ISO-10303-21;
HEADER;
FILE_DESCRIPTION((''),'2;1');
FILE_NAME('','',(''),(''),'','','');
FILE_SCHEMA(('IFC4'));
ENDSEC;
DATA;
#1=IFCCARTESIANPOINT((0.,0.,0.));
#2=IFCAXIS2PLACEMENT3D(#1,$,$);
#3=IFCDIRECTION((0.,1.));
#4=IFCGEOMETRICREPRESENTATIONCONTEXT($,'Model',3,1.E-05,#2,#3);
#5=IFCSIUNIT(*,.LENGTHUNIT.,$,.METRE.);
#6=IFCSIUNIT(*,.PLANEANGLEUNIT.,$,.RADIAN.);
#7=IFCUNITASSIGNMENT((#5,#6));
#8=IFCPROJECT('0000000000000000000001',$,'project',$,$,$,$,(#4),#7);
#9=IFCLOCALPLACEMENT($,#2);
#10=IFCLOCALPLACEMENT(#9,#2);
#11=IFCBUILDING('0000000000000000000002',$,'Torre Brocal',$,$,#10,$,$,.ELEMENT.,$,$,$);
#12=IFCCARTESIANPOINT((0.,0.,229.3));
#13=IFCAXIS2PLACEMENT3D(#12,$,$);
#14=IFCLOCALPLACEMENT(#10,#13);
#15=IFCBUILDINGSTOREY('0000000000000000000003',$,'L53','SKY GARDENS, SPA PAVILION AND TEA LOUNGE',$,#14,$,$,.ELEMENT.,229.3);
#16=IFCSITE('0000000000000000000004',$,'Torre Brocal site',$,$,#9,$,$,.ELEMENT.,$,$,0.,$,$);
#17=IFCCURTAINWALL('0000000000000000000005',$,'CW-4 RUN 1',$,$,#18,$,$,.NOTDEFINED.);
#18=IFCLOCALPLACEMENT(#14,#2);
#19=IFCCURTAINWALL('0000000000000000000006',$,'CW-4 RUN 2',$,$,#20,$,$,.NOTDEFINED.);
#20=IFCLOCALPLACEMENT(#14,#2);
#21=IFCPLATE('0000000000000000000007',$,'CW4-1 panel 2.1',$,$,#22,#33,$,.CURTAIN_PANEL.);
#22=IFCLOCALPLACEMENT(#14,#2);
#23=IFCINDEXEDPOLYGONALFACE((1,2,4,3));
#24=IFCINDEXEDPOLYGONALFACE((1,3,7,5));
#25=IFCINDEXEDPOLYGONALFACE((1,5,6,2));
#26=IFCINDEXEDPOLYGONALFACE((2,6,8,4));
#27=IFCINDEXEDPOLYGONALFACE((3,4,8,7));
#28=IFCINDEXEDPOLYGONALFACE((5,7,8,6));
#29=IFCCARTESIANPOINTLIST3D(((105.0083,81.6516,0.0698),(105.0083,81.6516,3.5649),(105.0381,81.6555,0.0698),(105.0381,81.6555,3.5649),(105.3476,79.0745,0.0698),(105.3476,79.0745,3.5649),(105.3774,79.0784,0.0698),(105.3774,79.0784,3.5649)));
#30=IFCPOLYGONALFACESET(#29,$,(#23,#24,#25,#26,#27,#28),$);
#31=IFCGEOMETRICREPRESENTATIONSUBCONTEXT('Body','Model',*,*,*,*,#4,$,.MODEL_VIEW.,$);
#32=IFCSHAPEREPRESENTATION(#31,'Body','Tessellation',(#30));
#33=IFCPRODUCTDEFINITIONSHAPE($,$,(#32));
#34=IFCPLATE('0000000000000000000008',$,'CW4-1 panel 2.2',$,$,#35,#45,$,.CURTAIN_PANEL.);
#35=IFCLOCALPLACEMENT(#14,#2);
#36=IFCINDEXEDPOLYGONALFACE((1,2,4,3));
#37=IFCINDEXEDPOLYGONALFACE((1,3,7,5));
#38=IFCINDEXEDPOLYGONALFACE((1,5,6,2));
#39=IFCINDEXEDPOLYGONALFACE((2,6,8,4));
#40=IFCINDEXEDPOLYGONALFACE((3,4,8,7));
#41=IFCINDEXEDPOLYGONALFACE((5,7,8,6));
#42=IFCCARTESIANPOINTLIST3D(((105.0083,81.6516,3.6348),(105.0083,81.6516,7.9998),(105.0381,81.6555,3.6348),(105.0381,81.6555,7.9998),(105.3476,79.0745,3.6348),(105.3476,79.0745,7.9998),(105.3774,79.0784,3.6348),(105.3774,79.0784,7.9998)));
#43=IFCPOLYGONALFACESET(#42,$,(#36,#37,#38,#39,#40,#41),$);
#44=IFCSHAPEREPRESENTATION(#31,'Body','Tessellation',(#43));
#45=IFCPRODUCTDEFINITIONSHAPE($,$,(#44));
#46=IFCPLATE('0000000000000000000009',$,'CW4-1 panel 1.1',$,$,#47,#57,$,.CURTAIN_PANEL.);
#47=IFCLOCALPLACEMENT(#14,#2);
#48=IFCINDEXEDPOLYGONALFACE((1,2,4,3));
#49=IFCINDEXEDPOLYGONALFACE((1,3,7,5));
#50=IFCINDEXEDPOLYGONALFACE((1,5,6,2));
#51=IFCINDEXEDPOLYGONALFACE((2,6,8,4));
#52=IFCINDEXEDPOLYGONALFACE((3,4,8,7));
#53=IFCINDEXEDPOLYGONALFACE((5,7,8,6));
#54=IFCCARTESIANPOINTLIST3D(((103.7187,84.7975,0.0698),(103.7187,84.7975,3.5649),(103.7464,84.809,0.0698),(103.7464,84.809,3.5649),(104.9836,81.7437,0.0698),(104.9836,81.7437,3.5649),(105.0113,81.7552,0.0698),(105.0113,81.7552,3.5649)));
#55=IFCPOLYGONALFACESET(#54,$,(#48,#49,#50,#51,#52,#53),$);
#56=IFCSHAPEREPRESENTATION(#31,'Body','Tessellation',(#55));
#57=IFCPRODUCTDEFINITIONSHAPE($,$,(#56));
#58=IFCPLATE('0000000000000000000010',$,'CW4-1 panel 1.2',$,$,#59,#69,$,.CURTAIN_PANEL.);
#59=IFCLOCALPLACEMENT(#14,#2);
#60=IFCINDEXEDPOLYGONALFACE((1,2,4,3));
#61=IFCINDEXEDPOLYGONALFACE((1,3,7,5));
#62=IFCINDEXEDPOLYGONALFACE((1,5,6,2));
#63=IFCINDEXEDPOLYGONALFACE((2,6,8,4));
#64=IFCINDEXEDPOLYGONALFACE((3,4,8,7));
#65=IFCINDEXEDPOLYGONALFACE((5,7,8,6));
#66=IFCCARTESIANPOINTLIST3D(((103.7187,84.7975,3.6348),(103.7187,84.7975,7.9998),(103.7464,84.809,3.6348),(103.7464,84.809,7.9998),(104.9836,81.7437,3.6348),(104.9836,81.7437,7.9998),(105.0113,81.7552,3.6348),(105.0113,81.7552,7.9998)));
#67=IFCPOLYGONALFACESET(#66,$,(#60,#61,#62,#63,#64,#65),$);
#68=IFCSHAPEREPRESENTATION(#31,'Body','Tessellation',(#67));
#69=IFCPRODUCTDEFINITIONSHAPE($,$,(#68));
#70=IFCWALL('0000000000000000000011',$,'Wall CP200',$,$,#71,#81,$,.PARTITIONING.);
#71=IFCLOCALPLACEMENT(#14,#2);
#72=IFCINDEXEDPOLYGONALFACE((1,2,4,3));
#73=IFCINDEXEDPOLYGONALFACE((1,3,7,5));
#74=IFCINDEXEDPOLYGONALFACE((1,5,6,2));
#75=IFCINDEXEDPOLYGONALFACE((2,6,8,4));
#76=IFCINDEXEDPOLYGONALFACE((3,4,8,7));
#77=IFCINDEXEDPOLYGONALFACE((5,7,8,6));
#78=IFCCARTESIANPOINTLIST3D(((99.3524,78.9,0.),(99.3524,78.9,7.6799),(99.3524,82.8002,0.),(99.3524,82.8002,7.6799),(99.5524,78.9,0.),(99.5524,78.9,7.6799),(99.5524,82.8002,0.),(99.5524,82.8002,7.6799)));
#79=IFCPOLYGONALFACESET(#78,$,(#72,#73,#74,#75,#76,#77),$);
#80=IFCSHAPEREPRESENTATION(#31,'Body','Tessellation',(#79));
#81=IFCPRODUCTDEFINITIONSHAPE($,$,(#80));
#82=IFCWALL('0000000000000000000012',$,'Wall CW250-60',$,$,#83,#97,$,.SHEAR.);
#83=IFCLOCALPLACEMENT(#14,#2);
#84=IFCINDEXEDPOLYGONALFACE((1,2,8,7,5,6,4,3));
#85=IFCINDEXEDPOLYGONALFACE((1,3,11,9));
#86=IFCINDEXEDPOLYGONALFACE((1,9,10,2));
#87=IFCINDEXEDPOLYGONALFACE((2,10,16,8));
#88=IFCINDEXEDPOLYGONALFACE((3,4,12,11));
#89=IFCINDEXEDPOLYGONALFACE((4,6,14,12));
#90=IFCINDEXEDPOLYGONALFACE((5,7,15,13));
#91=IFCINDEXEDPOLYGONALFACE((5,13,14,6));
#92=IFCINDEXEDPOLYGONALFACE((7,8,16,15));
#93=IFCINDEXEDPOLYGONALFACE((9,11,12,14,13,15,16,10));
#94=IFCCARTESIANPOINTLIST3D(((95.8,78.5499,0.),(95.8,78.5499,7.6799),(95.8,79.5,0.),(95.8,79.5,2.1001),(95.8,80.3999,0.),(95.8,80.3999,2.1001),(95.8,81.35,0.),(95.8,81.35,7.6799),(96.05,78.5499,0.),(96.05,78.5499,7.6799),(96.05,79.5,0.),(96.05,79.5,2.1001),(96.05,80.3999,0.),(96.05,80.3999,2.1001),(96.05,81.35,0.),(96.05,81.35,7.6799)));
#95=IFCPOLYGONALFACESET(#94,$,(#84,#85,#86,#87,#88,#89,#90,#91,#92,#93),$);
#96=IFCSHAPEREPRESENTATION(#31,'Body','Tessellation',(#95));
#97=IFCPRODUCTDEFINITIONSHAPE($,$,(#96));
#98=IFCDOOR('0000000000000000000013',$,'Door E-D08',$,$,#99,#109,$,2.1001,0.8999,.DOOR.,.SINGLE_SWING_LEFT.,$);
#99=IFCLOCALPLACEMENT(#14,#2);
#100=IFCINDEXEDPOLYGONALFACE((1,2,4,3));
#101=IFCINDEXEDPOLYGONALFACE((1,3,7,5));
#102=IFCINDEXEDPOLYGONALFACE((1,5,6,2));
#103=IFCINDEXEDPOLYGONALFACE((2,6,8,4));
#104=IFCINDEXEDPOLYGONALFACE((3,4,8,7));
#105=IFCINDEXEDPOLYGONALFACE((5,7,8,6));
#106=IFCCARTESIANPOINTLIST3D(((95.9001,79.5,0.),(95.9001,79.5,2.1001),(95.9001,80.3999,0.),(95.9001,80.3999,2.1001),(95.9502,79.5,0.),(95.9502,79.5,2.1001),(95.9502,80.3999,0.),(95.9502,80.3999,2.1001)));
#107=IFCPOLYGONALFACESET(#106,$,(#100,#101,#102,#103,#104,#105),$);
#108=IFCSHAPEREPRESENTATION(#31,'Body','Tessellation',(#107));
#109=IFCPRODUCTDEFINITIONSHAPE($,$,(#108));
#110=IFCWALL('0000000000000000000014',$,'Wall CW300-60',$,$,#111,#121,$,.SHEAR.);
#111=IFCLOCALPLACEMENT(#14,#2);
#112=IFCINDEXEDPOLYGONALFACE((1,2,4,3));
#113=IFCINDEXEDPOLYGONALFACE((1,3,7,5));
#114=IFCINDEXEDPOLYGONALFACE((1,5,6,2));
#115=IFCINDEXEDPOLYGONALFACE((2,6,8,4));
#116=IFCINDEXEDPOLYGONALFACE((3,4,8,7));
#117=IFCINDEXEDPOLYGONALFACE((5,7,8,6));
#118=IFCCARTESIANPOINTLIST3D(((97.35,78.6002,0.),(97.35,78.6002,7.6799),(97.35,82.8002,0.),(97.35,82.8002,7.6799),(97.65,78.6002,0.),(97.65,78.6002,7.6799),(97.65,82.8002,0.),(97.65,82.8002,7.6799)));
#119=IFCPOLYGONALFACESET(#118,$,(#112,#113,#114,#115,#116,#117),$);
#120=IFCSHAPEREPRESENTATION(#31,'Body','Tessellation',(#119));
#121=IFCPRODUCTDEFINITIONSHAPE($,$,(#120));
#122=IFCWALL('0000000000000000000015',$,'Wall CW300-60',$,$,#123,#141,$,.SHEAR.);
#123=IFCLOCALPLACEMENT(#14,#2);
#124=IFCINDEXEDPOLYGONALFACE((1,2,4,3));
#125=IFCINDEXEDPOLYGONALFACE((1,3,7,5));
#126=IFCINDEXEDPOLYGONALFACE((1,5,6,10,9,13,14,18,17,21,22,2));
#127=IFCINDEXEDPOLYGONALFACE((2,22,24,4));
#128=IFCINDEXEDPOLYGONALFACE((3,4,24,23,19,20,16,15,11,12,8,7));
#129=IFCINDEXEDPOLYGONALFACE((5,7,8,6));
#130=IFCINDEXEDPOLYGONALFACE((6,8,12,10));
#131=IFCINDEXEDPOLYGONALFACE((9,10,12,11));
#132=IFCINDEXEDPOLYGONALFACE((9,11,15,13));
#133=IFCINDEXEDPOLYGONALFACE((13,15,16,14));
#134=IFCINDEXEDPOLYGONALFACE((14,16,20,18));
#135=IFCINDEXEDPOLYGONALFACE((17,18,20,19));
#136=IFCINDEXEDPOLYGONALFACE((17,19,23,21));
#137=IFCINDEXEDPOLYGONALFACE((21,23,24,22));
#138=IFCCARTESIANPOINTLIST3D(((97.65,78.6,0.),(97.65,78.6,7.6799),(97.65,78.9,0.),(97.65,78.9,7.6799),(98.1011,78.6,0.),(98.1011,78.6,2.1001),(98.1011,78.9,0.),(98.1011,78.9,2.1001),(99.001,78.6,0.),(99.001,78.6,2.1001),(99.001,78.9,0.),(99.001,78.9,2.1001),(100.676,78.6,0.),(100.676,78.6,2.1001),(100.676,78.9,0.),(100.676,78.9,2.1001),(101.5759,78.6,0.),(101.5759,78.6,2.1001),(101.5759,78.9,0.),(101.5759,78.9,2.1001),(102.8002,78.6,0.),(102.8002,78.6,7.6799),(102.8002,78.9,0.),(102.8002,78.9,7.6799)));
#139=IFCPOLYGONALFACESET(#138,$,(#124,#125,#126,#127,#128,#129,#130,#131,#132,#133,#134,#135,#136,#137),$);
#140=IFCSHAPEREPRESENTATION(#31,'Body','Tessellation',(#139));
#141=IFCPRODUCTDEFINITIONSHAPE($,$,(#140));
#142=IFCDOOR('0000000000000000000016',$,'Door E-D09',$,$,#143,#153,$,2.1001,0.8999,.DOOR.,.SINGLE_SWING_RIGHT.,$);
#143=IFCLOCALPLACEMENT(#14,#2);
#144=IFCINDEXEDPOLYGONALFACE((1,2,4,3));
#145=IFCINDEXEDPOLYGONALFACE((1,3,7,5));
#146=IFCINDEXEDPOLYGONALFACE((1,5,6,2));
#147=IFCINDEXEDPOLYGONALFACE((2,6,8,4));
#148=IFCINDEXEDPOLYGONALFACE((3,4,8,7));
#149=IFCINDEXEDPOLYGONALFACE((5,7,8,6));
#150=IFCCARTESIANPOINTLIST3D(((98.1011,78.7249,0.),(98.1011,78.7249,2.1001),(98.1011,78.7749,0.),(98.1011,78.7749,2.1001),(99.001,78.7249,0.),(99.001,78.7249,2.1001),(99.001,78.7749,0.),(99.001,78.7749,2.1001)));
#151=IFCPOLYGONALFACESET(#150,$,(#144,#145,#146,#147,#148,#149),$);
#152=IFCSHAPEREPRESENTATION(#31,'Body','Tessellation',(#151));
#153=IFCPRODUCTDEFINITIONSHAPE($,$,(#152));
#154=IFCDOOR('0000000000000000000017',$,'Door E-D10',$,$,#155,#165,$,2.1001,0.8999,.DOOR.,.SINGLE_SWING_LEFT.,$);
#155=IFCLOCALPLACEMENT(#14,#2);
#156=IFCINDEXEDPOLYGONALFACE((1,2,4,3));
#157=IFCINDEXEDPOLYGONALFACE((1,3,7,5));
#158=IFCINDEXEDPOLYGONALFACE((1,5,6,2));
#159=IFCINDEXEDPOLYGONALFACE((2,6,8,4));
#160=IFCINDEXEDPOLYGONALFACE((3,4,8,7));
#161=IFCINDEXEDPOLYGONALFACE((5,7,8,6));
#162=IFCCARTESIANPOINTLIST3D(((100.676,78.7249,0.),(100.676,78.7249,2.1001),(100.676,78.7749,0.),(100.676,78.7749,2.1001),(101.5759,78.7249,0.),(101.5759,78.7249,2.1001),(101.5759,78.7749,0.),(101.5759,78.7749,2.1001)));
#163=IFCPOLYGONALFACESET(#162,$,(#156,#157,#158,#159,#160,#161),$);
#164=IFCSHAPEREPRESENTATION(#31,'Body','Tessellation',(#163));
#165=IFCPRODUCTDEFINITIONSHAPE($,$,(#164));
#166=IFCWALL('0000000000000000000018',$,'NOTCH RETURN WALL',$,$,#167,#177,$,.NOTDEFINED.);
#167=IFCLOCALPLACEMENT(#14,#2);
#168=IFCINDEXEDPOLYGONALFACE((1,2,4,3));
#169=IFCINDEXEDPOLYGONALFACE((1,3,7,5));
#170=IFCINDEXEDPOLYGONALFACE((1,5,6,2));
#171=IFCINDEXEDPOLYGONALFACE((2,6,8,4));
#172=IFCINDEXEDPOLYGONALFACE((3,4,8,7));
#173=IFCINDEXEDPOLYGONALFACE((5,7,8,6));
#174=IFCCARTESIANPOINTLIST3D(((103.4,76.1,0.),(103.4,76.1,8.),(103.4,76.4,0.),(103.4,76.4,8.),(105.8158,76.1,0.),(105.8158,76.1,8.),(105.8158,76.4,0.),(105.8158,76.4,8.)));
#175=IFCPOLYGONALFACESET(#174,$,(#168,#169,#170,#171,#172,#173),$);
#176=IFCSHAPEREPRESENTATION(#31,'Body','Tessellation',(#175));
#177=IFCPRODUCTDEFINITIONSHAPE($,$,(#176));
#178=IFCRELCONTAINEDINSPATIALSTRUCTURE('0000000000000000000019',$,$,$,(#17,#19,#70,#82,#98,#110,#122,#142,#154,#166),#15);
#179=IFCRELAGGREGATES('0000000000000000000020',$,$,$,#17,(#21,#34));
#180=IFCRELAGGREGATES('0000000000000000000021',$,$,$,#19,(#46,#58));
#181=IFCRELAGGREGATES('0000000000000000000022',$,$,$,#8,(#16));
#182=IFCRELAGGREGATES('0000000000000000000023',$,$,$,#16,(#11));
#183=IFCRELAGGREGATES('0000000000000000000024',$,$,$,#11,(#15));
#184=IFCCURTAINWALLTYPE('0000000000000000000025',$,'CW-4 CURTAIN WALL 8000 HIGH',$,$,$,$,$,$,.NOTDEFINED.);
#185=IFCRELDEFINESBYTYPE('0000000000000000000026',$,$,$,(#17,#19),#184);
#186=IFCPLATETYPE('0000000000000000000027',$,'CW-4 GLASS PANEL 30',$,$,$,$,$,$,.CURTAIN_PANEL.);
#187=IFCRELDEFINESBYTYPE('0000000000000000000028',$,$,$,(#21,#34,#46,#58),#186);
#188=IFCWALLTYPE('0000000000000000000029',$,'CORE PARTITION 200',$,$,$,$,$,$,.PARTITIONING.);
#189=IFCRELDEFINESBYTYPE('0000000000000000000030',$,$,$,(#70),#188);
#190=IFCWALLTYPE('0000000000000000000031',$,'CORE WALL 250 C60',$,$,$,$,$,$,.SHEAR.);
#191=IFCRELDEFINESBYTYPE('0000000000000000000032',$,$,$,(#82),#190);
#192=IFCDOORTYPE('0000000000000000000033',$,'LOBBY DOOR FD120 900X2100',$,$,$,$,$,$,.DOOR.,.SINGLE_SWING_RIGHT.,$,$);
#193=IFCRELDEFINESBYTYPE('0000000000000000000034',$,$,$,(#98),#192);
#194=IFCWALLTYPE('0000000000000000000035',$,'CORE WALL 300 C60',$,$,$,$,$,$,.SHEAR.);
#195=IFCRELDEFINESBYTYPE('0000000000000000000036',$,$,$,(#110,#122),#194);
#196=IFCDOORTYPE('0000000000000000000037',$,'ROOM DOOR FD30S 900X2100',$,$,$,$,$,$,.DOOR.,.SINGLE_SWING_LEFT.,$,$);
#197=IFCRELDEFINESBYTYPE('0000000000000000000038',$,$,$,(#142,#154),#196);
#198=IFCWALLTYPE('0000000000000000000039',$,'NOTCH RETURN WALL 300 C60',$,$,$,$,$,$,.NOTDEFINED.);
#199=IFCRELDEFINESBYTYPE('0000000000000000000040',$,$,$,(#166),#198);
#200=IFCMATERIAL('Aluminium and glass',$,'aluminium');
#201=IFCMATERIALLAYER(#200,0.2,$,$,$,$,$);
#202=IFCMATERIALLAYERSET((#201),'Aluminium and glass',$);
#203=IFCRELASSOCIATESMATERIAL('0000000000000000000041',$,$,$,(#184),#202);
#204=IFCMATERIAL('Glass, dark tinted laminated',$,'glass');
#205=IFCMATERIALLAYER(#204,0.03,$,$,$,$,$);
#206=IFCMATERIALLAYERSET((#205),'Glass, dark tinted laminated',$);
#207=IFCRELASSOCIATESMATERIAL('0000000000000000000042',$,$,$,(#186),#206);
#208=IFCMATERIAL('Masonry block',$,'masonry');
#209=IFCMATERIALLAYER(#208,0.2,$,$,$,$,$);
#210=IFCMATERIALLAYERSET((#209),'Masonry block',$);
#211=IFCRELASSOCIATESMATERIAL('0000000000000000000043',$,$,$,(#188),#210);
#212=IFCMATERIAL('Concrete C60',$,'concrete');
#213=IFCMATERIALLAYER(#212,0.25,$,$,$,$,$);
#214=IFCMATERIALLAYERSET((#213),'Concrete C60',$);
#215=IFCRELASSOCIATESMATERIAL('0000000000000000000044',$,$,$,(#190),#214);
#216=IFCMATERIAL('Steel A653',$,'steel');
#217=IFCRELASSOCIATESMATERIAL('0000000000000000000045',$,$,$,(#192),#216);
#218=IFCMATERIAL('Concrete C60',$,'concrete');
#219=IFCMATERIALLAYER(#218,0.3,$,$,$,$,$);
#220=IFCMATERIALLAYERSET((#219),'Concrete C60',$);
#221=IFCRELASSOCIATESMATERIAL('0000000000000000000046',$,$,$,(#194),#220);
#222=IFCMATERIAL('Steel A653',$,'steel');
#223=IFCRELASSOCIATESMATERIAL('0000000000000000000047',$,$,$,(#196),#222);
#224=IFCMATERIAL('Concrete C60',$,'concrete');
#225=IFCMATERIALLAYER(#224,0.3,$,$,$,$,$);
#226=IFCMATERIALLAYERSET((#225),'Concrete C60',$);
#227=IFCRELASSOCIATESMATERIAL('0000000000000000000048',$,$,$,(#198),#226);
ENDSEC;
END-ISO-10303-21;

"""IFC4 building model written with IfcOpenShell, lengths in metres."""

from ifc_helpers import new_model, si_unit, direction, frame, frame_2d, origin, origin_2d, place, context, subcontext, project, spatial, rectangle, extrude, material, layer, layer_set, type_object, element, fill, aggregate, save


model = new_model("IFC4")

# Units and contexts
model_context = context("Model", 3, precision=1e-05, world=origin(), true_north=direction((0.0, 1.0)))
body_context = subcontext(model_context, "Body", "Model", "MODEL_VIEW")
ifc_project = project(units=[si_unit("LENGTHUNIT", "METRE"), si_unit("PLANEANGLEUNIT", "RADIAN")], contexts=[model_context])

# Site, building, storey
site_placement = place(None, origin())
site = spatial("IfcSite", under=ifc_project, at=site_placement, Name="Torre Brocal site", CompositionType="ELEMENT", RefElevation=0.0)
building_placement = place(site_placement, origin())
building = spatial("IfcBuilding", under=site, at=building_placement, Name="Torre Brocal", CompositionType="ELEMENT")
storey_placement = place(building_placement, frame((0.0, 0.0, 229.3)))
storey = spatial("IfcBuildingStorey", under=building, at=storey_placement, Name="L53", Description="SKY GARDENS, SPA PAVILION AND TEA LOUNGE", CompositionType="ELEMENT", Elevation=229.3)

# Curtain walls
ifc_material_1 = material(Name="Aluminium and glass", Category="aluminium")
ifc_layer_1 = layer(ifc_material_1, 0.2)
ifc_layer_set_1 = layer_set([ifc_layer_1], Name="Aluminium and glass")
curtain_wall_type = type_object("IfcCurtainWallType", Name="CW-4 CURTAIN WALL 8000 HIGH", PredefinedType="NOTDEFINED", material=ifc_layer_set_1)
curtain_wall_1_placement = place(storey_placement, origin())
curtain_wall_1 = element("IfcCurtainWall", 1, at=curtain_wall_1_placement, inside=storey, type_object=curtain_wall_type, Name="CW-4 RUN 1", PredefinedType="NOTDEFINED")
curtain_wall_2_placement = place(storey_placement, origin())
curtain_wall_2 = element("IfcCurtainWall", 2, at=curtain_wall_2_placement, inside=storey, type_object=curtain_wall_type, Name="CW-4 RUN 2", PredefinedType="NOTDEFINED")

# Plates
ifc_material_2 = material(Name="Glass, dark tinted laminated", Category="glass")
ifc_layer_2 = layer(ifc_material_2, 0.03)
ifc_layer_set_2 = layer_set([ifc_layer_2], Name="Glass, dark tinted laminated")
plate_type = type_object("IfcPlateType", Name="CW-4 GLASS PANEL 30", PredefinedType="CURTAIN_PANEL", material=ifc_layer_set_2)
plate_1_placement = place(storey_placement, frame((105.1929, 80.365, 0.0698), z_axis=(0.0, 0.0, 1.0), x_axis=(-0.130526, 0.991445, 0.0)))
plate_1 = element("IfcPlate", 3, at=plate_1_placement, type_object=plate_type, Name="CW4-1 panel 2.1", PredefinedType="CURTAIN_PANEL", context=body_context, shape_type="SweptSolid", body=[
    extrude(rectangle(XDim=2.5994, YDim=0.03, at=origin_2d()), origin(), (0.0, 0.0, 1.0), 3.4951),
])
plate_2_placement = place(storey_placement, frame((105.1929, 80.365, 3.6348), z_axis=(0.0, 0.0, 1.0), x_axis=(-0.130526, 0.991445, 0.0)))
plate_2 = element("IfcPlate", 4, at=plate_2_placement, type_object=plate_type, Name="CW4-1 panel 2.2", PredefinedType="CURTAIN_PANEL", context=body_context, shape_type="SweptSolid", body=[
    extrude(rectangle(XDim=2.5994, YDim=0.03, at=origin_2d()), origin(), (0.0, 0.0, 1.0), 4.365),
])
aggregate(curtain_wall_1, [plate_1, plate_2])
plate_3_placement = place(storey_placement, frame((104.365, 83.2764, 0.0698), z_axis=(0.0, 0.0, 1.0), x_axis=(-0.382683, 0.92388, 0.0)))
plate_3 = element("IfcPlate", 5, at=plate_3_placement, type_object=plate_type, Name="CW4-1 panel 1.1", PredefinedType="CURTAIN_PANEL", context=body_context, shape_type="SweptSolid", body=[
    extrude(rectangle(XDim=3.3054, YDim=0.03, at=origin_2d()), origin(), (0.0, 0.0, 1.0), 3.4951),
])
plate_4_placement = place(storey_placement, frame((104.365, 83.2764, 3.6348), z_axis=(0.0, 0.0, 1.0), x_axis=(-0.382683, 0.92388, 0.0)))
plate_4 = element("IfcPlate", 6, at=plate_4_placement, type_object=plate_type, Name="CW4-1 panel 1.2", PredefinedType="CURTAIN_PANEL", context=body_context, shape_type="SweptSolid", body=[
    extrude(rectangle(XDim=3.3054, YDim=0.03, at=origin_2d()), origin(), (0.0, 0.0, 1.0), 4.365),
])
aggregate(curtain_wall_2, [plate_3, plate_4])

# Wall
ifc_material_3 = material(Name="Masonry block", Category="masonry")
ifc_layer_3 = layer(ifc_material_3, 0.2)
ifc_layer_set_3 = layer_set([ifc_layer_3], Name="Masonry block")
wall_type_1 = type_object("IfcWallType", Name="CORE PARTITION 200", PredefinedType="PARTITIONING", material=ifc_layer_set_3)
wall_1_placement = place(storey_placement, frame((99.4524, 78.8999, 0.0), z_axis=(0.0, 0.0, 1.0), x_axis=(0.0, 1.0, 0.0)))
element("IfcWall", 7, at=wall_1_placement, inside=storey, type_object=wall_type_1, Name="Wall CP200", PredefinedType="PARTITIONING", context=body_context, shape_type="SweptSolid", body=[
    extrude(rectangle(XDim=3.9001, YDim=0.2, at=frame_2d((1.9502, 0.0))), origin(), (0.0, 0.0, 1.0), 7.6799),
])

# Wall, opening, door
ifc_material_4 = material(Name="Concrete C60", Category="concrete")
ifc_layer_4 = layer(ifc_material_4, 0.25)
ifc_layer_set_4 = layer_set([ifc_layer_4], Name="Concrete C60")
wall_type_2 = type_object("IfcWallType", Name="CORE WALL 250 C60", PredefinedType="SHEAR", material=ifc_layer_set_4)
wall_2_placement = place(storey_placement, frame((95.925, 78.55, 0.0), z_axis=(0.0, 0.0, 1.0), x_axis=(0.0, 1.0, 0.0)))
wall_2 = element("IfcWall", 8, at=wall_2_placement, inside=storey, type_object=wall_type_2, Name="Wall CW250-60", PredefinedType="SHEAR", context=body_context, shape_type="SweptSolid", body=[
    extrude(rectangle(XDim=2.8, YDim=0.25, at=frame_2d((1.3999, 0.0))), origin(), (0.0, 0.0, 1.0), 7.6799),
])
opening_1_placement = place(wall_2_placement, frame((0.95, 0.0, 0.0)))
opening_1 = element("IfcOpeningElement", 9, at=opening_1_placement, cuts=wall_2, PredefinedType="OPENING", context=body_context, shape_type="SweptSolid", body=[
    extrude(rectangle(XDim=0.8999, YDim=2.1001, at=frame_2d((0.45, 1.05))), frame((0.0, 0.135, 0.0), z_axis=(0.0, -1.0, 0.0), x_axis=(1.0, 0.0, 0.0)), (0.0, 0.0, 1.0), 0.27),
])
ifc_material_5 = material(Name="Steel A653", Category="steel")
door_type_1 = type_object("IfcDoorType", Name="LOBBY DOOR FD120 900X2100", OperationType="SINGLE_SWING_RIGHT", PredefinedType="DOOR", material=ifc_material_5)
door_1_placement = place(opening_1_placement, origin())
door_1 = element("IfcDoor", 10, at=door_1_placement, inside=storey, type_object=door_type_1, Name="Door E-D08", OperationType="SINGLE_SWING_LEFT", OverallHeight=2.1001, OverallWidth=0.8999, PredefinedType="DOOR", context=body_context, shape_type="SweptSolid", body=[
    extrude(rectangle(XDim=0.8999, YDim=2.1001, at=frame_2d((0.45, 1.05))), frame((0.0, 0.0249, 0.0), z_axis=(0.0, -1.0, 0.0), x_axis=(1.0, 0.0, 0.0)), (0.0, 0.0, 1.0), 0.05),
])
fill(opening_1, door_1)

# Wall
ifc_material_6 = material(Name="Concrete C60", Category="concrete")
ifc_layer_5 = layer(ifc_material_6, 0.3)
ifc_layer_set_5 = layer_set([ifc_layer_5], Name="Concrete C60")
wall_type_3 = type_object("IfcWallType", Name="CORE WALL 300 C60", PredefinedType="SHEAR", material=ifc_layer_set_5)
wall_3_placement = place(storey_placement, frame((97.5, 78.6001, 0.0), z_axis=(0.0, 0.0, 1.0), x_axis=(0.0, 1.0, 0.0)))
element("IfcWall", 11, at=wall_3_placement, inside=storey, type_object=wall_type_3, Name="Wall CW300-60", PredefinedType="SHEAR", context=body_context, shape_type="SweptSolid", body=[
    extrude(rectangle(XDim=4.2, YDim=0.3, at=frame_2d((2.1001, 0.0))), origin(), (0.0, 0.0, 1.0), 7.6799),
])

# Wall, openings, doors
wall_4_placement = place(storey_placement, frame((97.6499, 78.75, 0.0), z_axis=(0.0, 0.0, 1.0), x_axis=(1.0, 0.0, 0.0)))
wall_4 = element("IfcWall", 12, at=wall_4_placement, inside=storey, type_object=wall_type_3, Name="Wall CW300-60", PredefinedType="SHEAR", context=body_context, shape_type="SweptSolid", body=[
    extrude(rectangle(XDim=5.1501, YDim=0.3, at=frame_2d((2.5752, 0.0))), origin(), (0.0, 0.0, 1.0), 7.6799),
])
opening_2_placement = place(wall_4_placement, frame((0.4512, 0.0, 0.0)))
opening_2 = element("IfcOpeningElement", 13, at=opening_2_placement, cuts=wall_4, PredefinedType="OPENING", context=body_context, shape_type="SweptSolid", body=[
    extrude(rectangle(XDim=0.8999, YDim=2.1001, at=frame_2d((0.45, 1.05))), frame((0.0, 0.1599, 0.0), z_axis=(0.0, -1.0, 0.0), x_axis=(1.0, 0.0, 0.0)), (0.0, 0.0, 1.0), 0.3201),
])
opening_3_placement = place(wall_4_placement, frame((3.0261, 0.0, 0.0)))
opening_3 = element("IfcOpeningElement", 14, at=opening_3_placement, cuts=wall_4, PredefinedType="OPENING", context=body_context, shape_type="SweptSolid", body=[
    extrude(rectangle(XDim=0.8999, YDim=2.1001, at=frame_2d((0.45, 1.05))), frame((0.0, 0.1599, 0.0), z_axis=(0.0, -1.0, 0.0), x_axis=(1.0, 0.0, 0.0)), (0.0, 0.0, 1.0), 0.3201),
])
ifc_material_7 = material(Name="Steel A653", Category="steel")
door_type_2 = type_object("IfcDoorType", Name="ROOM DOOR FD30S 900X2100", OperationType="SINGLE_SWING_LEFT", PredefinedType="DOOR", material=ifc_material_7)
door_2_placement = place(opening_2_placement, origin())
door_2 = element("IfcDoor", 15, at=door_2_placement, inside=storey, type_object=door_type_2, Name="Door E-D09", OperationType="SINGLE_SWING_RIGHT", OverallHeight=2.1001, OverallWidth=0.8999, PredefinedType="DOOR", context=body_context, shape_type="SweptSolid", body=[
    extrude(rectangle(XDim=0.8999, YDim=2.1001, at=frame_2d((0.45, 1.05))), frame((0.0, 0.0249, 0.0), z_axis=(0.0, -1.0, 0.0), x_axis=(1.0, 0.0, 0.0)), (0.0, 0.0, 1.0), 0.05),
])
fill(opening_2, door_2)
door_3_placement = place(opening_3_placement, origin())
door_3 = element("IfcDoor", 16, at=door_3_placement, inside=storey, type_object=door_type_2, Name="Door E-D10", OperationType="SINGLE_SWING_LEFT", OverallHeight=2.1001, OverallWidth=0.8999, PredefinedType="DOOR", context=body_context, shape_type="SweptSolid", body=[
    extrude(rectangle(XDim=0.8999, YDim=2.1001, at=frame_2d((0.45, 1.05))), frame((0.0, 0.0249, 0.0), z_axis=(0.0, -1.0, 0.0), x_axis=(1.0, 0.0, 0.0)), (0.0, 0.0, 1.0), 0.05),
])
fill(opening_3, door_3)

# Wall
ifc_material_8 = material(Name="Concrete C60", Category="concrete")
ifc_layer_6 = layer(ifc_material_8, 0.3)
ifc_layer_set_6 = layer_set([ifc_layer_6], Name="Concrete C60")
wall_type_4 = type_object("IfcWallType", Name="NOTCH RETURN WALL 300 C60", PredefinedType="NOTDEFINED", material=ifc_layer_set_6)
wall_5_placement = place(storey_placement, frame((103.3999, 76.25, 0.0), z_axis=(0.0, 0.0, 1.0), x_axis=(1.0, 0.0, 0.0)))
element("IfcWall", 17, at=wall_5_placement, inside=storey, type_object=wall_type_4, Name="NOTCH RETURN WALL", PredefinedType="NOTDEFINED", context=body_context, shape_type="SweptSolid", body=[
    extrude(rectangle(XDim=2.4158, YDim=0.3, at=frame_2d((1.208, 0.0))), origin(), (0.0, 0.0, 1.0), 8.0),
])

save(model, "model.ifc")
